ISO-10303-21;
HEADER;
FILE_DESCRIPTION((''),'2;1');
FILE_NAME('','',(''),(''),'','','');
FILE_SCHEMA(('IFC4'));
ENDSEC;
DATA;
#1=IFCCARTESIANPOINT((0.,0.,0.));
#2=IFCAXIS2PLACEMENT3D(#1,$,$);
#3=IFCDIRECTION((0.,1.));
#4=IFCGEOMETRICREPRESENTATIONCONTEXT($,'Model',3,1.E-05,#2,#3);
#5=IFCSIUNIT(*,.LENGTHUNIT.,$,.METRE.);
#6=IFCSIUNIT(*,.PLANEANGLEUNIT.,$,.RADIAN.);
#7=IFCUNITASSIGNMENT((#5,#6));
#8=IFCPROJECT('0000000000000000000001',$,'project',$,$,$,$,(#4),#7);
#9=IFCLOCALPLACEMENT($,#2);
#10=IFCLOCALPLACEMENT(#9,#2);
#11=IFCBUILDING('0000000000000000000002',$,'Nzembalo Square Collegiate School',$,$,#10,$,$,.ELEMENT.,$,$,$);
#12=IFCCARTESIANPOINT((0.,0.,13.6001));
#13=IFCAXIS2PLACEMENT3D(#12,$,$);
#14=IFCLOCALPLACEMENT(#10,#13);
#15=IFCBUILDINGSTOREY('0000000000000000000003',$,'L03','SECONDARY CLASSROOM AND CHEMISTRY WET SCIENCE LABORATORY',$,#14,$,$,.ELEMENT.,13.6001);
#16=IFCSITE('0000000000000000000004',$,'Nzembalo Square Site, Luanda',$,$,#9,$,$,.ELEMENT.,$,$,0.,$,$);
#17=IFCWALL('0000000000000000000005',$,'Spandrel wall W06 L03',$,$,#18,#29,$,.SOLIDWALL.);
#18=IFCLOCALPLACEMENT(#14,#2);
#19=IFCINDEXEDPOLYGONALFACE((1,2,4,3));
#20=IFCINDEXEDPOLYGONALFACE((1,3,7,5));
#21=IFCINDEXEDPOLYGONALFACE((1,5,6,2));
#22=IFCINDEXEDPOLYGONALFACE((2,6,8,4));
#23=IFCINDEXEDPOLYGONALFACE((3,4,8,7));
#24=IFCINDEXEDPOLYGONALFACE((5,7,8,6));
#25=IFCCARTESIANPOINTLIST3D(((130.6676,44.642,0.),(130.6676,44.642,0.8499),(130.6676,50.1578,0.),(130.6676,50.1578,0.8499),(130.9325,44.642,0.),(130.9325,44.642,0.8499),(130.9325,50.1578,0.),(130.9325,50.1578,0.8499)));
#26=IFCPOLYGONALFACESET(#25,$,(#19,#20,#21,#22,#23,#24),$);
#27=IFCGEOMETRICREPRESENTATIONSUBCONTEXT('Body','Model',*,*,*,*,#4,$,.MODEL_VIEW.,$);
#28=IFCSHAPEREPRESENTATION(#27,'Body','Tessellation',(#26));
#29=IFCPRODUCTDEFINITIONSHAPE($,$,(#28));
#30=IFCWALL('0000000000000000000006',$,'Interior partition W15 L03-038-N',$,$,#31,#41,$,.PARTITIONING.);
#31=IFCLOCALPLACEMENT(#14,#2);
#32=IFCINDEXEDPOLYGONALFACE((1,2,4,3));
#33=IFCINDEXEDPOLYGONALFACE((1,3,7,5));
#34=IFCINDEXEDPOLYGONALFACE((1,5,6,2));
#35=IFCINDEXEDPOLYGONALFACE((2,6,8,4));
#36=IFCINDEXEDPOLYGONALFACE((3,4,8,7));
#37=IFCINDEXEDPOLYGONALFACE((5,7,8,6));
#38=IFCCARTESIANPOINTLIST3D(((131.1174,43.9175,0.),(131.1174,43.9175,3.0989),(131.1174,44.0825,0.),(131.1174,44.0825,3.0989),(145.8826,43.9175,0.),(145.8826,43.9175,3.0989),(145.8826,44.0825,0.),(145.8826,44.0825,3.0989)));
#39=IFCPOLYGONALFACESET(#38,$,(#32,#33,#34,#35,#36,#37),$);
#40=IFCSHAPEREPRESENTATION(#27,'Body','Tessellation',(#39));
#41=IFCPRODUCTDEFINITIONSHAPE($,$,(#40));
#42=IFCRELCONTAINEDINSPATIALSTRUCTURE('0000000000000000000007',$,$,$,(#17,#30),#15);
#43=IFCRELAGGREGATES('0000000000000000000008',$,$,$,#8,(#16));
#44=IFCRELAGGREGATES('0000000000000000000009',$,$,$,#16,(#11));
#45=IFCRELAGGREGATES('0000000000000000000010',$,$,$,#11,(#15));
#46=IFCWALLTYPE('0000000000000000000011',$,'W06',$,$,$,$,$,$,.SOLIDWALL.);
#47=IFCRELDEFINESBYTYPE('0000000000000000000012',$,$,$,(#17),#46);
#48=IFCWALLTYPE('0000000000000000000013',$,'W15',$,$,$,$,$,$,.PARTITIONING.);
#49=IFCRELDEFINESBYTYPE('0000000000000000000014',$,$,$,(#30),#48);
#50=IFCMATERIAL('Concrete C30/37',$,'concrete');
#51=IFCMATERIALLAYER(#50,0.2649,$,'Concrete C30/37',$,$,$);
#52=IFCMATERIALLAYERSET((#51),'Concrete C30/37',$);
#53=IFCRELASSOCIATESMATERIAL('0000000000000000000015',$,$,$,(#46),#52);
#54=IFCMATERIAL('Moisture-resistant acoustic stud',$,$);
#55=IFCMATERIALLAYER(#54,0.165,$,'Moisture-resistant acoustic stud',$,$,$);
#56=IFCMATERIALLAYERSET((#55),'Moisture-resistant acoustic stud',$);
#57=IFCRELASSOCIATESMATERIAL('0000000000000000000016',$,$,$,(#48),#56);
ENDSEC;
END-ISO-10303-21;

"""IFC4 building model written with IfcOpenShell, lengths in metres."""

from ifc_helpers import new_model, si_unit, direction, frame, frame_2d, origin, place, context, subcontext, project, spatial, rectangle, extrude, material, layer, layer_set, type_object, element, save


model = new_model("IFC4")

# Units and contexts
model_context = context("Model", 3, precision=1e-05, world=origin(), true_north=direction((0.0, 1.0)))
body_context = subcontext(model_context, "Body", "Model", "MODEL_VIEW")
ifc_project = project(units=[si_unit("LENGTHUNIT", "METRE"), si_unit("PLANEANGLEUNIT", "RADIAN")], contexts=[model_context])

# Site, building, storey
site_placement = place(None, origin())
site = spatial("IfcSite", under=ifc_project, at=site_placement, Name="Nzembalo Square Site, Luanda", CompositionType="ELEMENT", RefElevation=0.0)
building_placement = place(site_placement, origin())
building = spatial("IfcBuilding", under=site, at=building_placement, Name="Nzembalo Square Collegiate School", CompositionType="ELEMENT")
storey_placement = place(building_placement, frame((0.0, 0.0, 13.6001)))
storey = spatial("IfcBuildingStorey", under=building, at=storey_placement, Name="L03", Description="SECONDARY CLASSROOM AND CHEMISTRY WET SCIENCE LABORATORY", CompositionType="ELEMENT", Elevation=13.6001)

# Walls
ifc_material_1 = material(Name="Concrete C30/37", Category="concrete")
ifc_layer_1 = layer(ifc_material_1, 0.2649, Name="Concrete C30/37")
ifc_layer_set_1 = layer_set([ifc_layer_1], Name="Concrete C30/37")
wall_type_1 = type_object("IfcWallType", Name="W06", PredefinedType="SOLIDWALL", material=ifc_layer_set_1)
wall_1_placement = place(storey_placement, frame((130.8, 44.6421, 0.0), z_axis=(0.0, 0.0, 1.0), x_axis=(0.0, 1.0, 0.0)))
element("IfcWall", 1, at=wall_1_placement, inside=storey, type_object=wall_type_1, Name="Spandrel wall W06 L03", PredefinedType="SOLIDWALL", context=body_context, shape_type="SweptSolid", body=[
    extrude(rectangle(XDim=5.5159, YDim=0.2649, at=frame_2d((2.7578, 0.0))), origin(), (0.0, 0.0, 1.0), 0.8499),
])
ifc_material_2 = material(Name="Moisture-resistant acoustic stud")
ifc_layer_2 = layer(ifc_material_2, 0.165, Name="Moisture-resistant acoustic stud")
ifc_layer_set_2 = layer_set([ifc_layer_2], Name="Moisture-resistant acoustic stud")
wall_type_2 = type_object("IfcWallType", Name="W15", PredefinedType="PARTITIONING", material=ifc_layer_set_2)
wall_2_placement = place(storey_placement, frame((131.1174, 44.0, 0.0), z_axis=(0.0, 0.0, 1.0), x_axis=(1.0, 0.0, 0.0)))
element("IfcWall", 2, at=wall_2_placement, inside=storey, type_object=wall_type_2, Name="Interior partition W15 L03-038-N", PredefinedType="PARTITIONING", context=body_context, shape_type="SweptSolid", body=[
    extrude(rectangle(XDim=14.7651, YDim=0.165, at=frame_2d((7.3826, 0.0))), origin(), (0.0, 0.0, 1.0), 3.0989),
])

save(model, "model.ifc")
